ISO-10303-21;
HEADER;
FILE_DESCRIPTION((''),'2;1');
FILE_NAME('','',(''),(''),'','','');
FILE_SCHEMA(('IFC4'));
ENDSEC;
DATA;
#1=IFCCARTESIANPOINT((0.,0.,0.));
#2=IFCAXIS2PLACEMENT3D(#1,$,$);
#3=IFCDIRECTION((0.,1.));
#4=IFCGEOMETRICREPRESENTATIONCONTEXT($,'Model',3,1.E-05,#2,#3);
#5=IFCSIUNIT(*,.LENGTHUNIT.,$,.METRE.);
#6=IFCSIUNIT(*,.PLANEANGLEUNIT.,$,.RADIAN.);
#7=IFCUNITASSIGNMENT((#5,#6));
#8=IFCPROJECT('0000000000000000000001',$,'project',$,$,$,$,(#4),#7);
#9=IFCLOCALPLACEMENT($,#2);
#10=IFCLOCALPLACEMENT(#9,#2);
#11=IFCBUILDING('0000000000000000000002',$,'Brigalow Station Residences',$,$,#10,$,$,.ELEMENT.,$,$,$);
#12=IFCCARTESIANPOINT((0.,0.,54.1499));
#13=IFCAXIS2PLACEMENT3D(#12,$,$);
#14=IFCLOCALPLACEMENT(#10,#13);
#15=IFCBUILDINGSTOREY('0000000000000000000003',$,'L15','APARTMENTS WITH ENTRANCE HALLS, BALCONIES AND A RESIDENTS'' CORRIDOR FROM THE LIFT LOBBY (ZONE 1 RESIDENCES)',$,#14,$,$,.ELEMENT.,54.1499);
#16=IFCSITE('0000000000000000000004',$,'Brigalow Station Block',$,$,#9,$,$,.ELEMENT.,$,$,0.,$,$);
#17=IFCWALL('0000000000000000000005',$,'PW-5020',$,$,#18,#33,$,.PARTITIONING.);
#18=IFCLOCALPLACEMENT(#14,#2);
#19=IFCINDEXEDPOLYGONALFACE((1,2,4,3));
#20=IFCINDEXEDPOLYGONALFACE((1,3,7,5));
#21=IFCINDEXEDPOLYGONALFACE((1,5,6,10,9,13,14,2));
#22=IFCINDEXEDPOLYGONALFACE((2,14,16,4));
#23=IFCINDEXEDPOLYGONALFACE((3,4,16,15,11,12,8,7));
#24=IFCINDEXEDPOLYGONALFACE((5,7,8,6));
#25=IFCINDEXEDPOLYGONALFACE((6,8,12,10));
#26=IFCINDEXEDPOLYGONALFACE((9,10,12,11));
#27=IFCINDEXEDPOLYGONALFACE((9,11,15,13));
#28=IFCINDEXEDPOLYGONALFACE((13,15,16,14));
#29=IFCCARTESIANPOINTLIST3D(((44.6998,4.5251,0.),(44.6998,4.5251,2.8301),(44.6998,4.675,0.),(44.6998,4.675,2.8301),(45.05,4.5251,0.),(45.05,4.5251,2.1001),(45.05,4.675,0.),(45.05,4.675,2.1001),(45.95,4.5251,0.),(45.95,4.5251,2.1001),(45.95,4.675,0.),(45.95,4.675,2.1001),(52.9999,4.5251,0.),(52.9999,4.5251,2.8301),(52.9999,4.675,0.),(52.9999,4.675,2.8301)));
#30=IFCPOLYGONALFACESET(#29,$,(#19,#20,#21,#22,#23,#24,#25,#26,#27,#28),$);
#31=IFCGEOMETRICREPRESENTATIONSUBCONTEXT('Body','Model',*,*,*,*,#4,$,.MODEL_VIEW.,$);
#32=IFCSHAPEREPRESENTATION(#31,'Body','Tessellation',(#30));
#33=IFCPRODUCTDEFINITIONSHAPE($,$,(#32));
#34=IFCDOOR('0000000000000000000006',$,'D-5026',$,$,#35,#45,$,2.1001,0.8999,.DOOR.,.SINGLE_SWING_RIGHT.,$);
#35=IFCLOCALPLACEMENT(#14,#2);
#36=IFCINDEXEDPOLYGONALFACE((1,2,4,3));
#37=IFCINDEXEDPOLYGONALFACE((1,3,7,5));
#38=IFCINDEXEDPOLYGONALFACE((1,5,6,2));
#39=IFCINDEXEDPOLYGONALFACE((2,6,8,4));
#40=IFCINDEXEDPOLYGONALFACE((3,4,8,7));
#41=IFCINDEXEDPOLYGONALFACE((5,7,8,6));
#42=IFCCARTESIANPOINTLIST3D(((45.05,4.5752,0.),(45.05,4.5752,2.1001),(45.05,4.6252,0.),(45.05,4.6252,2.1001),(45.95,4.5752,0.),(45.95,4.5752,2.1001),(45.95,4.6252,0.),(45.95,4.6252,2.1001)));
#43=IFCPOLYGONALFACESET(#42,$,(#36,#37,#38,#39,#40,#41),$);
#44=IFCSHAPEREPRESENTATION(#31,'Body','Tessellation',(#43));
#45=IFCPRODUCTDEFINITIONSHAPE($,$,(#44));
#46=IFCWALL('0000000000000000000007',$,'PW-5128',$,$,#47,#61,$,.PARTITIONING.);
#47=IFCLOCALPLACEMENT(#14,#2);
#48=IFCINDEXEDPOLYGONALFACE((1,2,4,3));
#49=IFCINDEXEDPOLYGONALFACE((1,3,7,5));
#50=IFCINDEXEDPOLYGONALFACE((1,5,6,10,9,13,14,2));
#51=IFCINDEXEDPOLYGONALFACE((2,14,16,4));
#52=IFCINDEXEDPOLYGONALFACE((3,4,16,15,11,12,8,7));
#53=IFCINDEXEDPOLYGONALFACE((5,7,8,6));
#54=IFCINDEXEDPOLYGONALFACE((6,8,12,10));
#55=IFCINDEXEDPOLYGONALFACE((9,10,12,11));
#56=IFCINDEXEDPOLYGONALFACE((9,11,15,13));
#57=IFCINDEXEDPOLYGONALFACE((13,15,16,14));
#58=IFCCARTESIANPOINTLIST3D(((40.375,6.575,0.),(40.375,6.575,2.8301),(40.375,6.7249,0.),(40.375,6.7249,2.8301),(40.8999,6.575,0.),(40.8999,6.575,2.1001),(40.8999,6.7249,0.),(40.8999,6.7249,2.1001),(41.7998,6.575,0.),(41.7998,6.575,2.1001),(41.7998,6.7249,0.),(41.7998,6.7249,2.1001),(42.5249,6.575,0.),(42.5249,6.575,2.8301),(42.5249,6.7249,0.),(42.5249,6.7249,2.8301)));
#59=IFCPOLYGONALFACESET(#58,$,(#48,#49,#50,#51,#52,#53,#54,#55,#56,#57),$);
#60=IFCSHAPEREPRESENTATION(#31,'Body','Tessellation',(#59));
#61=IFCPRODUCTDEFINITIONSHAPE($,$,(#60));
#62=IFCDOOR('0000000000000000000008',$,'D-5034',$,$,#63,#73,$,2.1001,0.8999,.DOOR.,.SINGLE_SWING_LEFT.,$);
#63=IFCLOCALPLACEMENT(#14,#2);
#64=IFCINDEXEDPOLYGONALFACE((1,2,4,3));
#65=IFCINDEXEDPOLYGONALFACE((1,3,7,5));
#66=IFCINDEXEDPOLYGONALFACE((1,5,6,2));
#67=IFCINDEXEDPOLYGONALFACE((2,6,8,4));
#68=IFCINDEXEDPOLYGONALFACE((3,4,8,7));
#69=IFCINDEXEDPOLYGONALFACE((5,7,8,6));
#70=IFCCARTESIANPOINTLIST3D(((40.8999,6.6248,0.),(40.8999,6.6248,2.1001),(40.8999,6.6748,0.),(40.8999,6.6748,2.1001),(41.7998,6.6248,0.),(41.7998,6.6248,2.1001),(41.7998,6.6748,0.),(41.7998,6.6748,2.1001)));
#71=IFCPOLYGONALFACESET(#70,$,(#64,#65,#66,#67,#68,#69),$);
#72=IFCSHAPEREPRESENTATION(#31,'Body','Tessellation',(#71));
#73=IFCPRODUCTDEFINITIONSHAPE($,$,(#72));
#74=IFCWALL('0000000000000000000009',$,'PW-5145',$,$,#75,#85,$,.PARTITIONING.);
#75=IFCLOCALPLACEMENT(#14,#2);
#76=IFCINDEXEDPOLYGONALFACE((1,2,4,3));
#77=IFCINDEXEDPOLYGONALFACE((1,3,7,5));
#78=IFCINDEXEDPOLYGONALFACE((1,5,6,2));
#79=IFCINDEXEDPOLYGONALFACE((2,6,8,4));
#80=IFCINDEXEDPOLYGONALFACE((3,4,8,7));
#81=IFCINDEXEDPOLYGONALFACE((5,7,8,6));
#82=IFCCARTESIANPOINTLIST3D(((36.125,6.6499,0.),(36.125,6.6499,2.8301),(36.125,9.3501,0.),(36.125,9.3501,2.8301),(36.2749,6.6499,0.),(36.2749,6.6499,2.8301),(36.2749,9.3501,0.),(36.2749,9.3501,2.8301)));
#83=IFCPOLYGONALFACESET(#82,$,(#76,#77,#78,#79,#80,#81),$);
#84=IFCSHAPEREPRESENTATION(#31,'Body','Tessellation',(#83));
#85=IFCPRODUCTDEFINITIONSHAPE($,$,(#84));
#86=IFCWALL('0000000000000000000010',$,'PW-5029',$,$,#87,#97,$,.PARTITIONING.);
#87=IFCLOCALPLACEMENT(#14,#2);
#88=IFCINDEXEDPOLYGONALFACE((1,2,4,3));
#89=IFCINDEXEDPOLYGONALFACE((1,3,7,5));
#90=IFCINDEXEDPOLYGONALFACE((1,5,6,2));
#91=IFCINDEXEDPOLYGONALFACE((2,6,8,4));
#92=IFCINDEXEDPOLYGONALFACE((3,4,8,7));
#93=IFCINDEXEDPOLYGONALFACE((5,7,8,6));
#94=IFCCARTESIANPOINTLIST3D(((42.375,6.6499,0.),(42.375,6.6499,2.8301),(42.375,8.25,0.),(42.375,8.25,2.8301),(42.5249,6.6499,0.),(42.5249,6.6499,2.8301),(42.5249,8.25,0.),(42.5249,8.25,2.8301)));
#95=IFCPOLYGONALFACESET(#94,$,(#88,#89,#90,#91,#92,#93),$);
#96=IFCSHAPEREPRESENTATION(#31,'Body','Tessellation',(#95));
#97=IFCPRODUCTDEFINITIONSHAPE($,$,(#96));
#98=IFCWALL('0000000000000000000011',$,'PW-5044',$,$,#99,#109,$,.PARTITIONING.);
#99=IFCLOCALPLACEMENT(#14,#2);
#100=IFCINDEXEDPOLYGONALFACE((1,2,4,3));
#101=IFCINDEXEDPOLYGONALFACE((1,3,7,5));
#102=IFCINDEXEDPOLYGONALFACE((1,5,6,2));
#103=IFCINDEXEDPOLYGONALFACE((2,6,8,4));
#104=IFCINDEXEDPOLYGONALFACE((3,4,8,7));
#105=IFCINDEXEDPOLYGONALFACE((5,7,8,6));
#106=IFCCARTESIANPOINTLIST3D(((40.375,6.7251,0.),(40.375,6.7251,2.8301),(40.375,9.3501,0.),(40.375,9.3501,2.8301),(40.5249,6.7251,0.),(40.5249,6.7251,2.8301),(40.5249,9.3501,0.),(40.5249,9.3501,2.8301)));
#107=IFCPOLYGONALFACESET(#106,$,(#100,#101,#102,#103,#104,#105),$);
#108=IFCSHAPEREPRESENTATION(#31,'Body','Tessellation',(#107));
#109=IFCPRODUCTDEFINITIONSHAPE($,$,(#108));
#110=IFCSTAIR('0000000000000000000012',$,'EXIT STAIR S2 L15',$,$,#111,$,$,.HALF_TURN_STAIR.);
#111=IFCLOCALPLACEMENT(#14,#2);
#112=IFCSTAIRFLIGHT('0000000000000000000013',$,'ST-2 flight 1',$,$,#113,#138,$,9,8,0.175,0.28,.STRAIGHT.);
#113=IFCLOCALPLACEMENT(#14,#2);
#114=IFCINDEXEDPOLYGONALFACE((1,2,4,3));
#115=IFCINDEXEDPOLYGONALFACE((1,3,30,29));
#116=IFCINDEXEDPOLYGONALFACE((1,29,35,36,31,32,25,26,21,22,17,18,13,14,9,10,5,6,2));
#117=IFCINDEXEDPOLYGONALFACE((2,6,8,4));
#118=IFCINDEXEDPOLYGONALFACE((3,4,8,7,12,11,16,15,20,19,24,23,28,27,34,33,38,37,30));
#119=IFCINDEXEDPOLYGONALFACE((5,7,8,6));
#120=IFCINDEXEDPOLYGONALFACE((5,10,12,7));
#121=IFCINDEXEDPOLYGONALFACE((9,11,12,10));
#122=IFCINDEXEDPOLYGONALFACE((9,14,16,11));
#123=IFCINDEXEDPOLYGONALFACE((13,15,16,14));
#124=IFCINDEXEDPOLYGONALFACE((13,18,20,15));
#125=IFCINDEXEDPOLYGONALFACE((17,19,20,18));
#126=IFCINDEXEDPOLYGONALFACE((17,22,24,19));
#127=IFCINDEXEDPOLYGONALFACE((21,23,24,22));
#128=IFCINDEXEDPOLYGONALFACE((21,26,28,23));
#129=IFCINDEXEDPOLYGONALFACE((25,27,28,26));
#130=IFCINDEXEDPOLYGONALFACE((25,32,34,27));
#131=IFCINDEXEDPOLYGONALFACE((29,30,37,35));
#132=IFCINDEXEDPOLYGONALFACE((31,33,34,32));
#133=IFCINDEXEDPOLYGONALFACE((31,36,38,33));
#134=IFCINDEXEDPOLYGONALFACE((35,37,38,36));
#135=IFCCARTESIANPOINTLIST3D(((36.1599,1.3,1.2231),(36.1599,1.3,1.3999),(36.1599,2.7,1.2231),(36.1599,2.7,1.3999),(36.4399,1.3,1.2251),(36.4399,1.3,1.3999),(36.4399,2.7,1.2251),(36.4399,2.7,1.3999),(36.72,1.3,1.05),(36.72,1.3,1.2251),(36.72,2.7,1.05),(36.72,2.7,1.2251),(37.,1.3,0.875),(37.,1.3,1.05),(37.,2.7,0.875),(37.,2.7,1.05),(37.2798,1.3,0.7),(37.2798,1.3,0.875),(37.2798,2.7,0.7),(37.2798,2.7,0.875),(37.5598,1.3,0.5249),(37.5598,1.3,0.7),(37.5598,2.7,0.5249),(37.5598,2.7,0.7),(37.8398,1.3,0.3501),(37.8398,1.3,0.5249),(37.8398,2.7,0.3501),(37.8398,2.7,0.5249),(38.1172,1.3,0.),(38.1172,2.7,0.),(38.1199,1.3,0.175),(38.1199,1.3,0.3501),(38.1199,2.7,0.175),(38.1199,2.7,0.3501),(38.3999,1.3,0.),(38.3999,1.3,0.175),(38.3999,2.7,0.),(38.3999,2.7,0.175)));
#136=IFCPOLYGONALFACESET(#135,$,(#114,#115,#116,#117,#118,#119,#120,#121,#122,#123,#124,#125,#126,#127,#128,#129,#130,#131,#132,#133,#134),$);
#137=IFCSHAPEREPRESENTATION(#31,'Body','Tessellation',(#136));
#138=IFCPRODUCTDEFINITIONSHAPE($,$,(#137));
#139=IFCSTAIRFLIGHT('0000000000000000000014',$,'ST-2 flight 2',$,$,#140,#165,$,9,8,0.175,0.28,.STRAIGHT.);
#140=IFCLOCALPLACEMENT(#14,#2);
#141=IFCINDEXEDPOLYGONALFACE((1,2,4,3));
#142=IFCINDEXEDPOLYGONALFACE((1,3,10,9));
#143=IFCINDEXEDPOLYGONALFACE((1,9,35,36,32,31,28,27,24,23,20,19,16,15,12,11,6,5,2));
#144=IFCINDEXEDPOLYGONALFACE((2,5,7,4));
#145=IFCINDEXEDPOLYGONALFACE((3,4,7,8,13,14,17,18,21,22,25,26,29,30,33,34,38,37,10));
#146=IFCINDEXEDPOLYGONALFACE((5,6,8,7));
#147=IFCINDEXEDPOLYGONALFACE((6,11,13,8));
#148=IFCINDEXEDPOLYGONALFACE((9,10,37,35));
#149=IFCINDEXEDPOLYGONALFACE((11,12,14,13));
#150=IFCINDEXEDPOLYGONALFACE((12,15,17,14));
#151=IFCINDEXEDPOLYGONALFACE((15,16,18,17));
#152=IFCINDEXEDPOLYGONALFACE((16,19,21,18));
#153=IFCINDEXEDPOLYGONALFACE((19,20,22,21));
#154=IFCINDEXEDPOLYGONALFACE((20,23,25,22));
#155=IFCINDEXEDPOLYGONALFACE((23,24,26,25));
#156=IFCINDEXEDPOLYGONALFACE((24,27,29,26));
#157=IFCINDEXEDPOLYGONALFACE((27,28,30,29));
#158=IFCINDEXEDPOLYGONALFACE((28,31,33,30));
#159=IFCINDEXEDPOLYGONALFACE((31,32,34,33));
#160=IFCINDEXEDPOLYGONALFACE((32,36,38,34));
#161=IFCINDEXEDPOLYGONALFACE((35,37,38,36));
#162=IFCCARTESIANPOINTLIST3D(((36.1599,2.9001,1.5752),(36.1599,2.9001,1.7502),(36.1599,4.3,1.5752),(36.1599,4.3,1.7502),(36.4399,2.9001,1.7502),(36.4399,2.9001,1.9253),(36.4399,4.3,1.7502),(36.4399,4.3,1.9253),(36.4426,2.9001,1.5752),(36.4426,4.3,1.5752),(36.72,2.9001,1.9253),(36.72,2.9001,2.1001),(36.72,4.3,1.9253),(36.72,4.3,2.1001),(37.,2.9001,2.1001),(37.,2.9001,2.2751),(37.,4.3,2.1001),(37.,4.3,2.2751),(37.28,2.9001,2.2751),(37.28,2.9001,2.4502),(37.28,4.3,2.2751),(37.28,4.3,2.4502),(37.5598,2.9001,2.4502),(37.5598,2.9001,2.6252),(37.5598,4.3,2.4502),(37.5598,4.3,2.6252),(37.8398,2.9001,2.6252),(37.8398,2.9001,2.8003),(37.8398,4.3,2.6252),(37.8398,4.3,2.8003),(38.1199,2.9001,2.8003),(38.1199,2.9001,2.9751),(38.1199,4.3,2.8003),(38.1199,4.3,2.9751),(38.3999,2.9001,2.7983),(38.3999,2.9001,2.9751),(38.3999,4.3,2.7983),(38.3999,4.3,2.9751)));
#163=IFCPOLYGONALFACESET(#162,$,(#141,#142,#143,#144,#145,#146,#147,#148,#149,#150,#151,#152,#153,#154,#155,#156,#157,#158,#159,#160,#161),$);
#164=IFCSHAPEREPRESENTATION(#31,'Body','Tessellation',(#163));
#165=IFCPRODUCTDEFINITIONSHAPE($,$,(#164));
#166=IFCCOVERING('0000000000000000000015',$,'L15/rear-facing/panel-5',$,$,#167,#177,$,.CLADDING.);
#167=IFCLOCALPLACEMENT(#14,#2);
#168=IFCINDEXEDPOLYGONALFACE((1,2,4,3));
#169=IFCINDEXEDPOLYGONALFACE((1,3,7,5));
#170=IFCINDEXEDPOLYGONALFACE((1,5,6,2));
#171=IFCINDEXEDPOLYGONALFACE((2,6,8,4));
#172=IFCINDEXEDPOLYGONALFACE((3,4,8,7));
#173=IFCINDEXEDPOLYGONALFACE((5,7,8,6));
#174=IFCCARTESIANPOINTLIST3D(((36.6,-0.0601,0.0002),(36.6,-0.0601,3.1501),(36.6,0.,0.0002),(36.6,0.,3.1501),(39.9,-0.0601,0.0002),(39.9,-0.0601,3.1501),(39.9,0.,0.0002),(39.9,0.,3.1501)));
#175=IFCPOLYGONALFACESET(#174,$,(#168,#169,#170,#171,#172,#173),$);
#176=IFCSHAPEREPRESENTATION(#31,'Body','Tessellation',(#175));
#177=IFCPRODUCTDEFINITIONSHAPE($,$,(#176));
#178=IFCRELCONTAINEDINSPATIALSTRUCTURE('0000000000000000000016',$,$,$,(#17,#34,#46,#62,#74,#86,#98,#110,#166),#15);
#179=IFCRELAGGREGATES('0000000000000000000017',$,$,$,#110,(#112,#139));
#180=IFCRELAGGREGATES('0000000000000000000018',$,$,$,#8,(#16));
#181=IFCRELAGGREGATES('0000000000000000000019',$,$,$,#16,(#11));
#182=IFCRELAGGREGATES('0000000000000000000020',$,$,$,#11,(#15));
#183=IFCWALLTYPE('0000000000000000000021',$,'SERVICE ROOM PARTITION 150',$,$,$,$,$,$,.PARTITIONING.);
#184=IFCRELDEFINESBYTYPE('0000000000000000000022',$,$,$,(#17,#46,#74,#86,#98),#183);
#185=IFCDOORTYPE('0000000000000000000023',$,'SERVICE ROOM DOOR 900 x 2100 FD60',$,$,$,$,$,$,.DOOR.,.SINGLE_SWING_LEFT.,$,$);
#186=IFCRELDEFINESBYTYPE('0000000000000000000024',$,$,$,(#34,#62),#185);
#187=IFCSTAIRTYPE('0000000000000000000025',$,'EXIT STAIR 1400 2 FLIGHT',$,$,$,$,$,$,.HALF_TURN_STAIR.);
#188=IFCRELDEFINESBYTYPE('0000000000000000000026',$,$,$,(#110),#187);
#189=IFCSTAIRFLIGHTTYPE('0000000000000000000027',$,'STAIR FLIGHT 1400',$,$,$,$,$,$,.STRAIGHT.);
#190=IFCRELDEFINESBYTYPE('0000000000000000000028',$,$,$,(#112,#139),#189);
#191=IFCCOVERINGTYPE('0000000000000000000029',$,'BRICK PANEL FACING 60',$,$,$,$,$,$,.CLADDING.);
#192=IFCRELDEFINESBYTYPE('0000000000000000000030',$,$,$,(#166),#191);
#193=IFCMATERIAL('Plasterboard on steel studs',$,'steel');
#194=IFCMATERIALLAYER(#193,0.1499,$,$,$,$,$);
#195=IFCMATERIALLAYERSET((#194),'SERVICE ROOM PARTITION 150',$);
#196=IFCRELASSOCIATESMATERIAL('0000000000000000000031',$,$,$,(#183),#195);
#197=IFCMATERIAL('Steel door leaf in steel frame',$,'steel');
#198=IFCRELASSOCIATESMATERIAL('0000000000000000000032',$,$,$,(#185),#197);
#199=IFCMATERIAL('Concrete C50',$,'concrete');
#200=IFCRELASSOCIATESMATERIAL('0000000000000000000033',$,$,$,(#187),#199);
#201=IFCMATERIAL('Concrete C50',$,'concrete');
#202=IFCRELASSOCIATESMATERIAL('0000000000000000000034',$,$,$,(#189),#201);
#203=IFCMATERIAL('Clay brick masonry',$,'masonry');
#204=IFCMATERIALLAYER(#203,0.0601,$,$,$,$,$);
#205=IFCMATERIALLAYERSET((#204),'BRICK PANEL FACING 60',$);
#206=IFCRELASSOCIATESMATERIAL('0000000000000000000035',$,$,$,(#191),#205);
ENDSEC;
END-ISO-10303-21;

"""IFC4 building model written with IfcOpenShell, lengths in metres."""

from ifc_helpers import new_model, si_unit, direction, frame, frame_2d, origin, origin_2d, place, context, subcontext, project, spatial, polyline, rectangle, outline, extrude, material, layer, layer_set, type_object, element, fill, aggregate, save


model = new_model("IFC4")

# Units and contexts
model_context = context("Model", 3, precision=1e-05, world=origin(), true_north=direction((0.0, 1.0)))
body_context = subcontext(model_context, "Body", "Model", "MODEL_VIEW")
ifc_project = project(units=[si_unit("LENGTHUNIT", "METRE"), si_unit("PLANEANGLEUNIT", "RADIAN")], contexts=[model_context])

# Site, building, storey
site_placement = place(None, origin())
site = spatial("IfcSite", under=ifc_project, at=site_placement, Name="Brigalow Station Block", CompositionType="ELEMENT", RefElevation=0.0)
building_placement = place(site_placement, origin())
building = spatial("IfcBuilding", under=site, at=building_placement, Name="Brigalow Station Residences", CompositionType="ELEMENT")
storey_placement = place(building_placement, frame((0.0, 0.0, 54.1499)))
storey = spatial("IfcBuildingStorey", under=building, at=storey_placement, Name="L15", Description="APARTMENTS WITH ENTRANCE HALLS, BALCONIES AND A RESIDENTS' CORRIDOR FROM THE LIFT LOBBY (ZONE 1 RESIDENCES)", CompositionType="ELEMENT", Elevation=54.1499)

# Walls, openings, doors
ifc_material_1 = material(Name="Plasterboard on steel studs", Category="steel")
ifc_layer_1 = layer(ifc_material_1, 0.1499)
ifc_layer_set_1 = layer_set([ifc_layer_1], Name="SERVICE ROOM PARTITION 150")
wall_type_1 = type_object("IfcWallType", Name="SERVICE ROOM PARTITION 150", PredefinedType="PARTITIONING", material=ifc_layer_set_1)
wall_1_placement = place(storey_placement, frame((44.7, 4.6001, 0.0), z_axis=(0.0, 0.0, 1.0), x_axis=(1.0, 0.0, 0.0)))
wall_1 = element("IfcWall", 1, at=wall_1_placement, inside=storey, type_object=wall_type_1, Name="PW-5020", PredefinedType="PARTITIONING", context=body_context, shape_type="SweptSolid", body=[
    extrude(rectangle(XDim=8.3, YDim=0.1499, at=frame_2d((4.1499, 0.0))), origin(), (0.0, 0.0, 1.0), 2.8301),
])
opening_1_placement = place(wall_1_placement, frame((0.3501, 0.0, 0.0)))
opening_1 = element("IfcOpeningElement", 2, at=opening_1_placement, cuts=wall_1, PredefinedType="OPENING", context=body_context, shape_type="SweptSolid", body=[
    extrude(rectangle(XDim=0.8999, YDim=2.1001, at=frame_2d((0.45, 1.05))), frame((0.0, 0.085, 0.0), z_axis=(0.0, -1.0, 0.0), x_axis=(1.0, 0.0, 0.0)), (0.0, 0.0, 1.0), 0.1699),
])
ifc_material_2 = material(Name="Steel door leaf in steel frame", Category="steel")
door_type_1 = type_object("IfcDoorType", Name="SERVICE ROOM DOOR 900 x 2100 FD60", OperationType="SINGLE_SWING_LEFT", PredefinedType="DOOR", material=ifc_material_2)
door_1_placement = place(opening_1_placement, frame((0.8999, 0.0, 0.0), z_axis=(0.0, 0.0, 1.0), x_axis=(-1.0, 0.0, 0.0)))
door_1 = element("IfcDoor", 3, at=door_1_placement, inside=storey, type_object=door_type_1, Name="D-5026", OperationType="SINGLE_SWING_RIGHT", OverallHeight=2.1001, OverallWidth=0.8999, PredefinedType="DOOR", context=body_context, shape_type="SweptSolid", body=[
    extrude(rectangle(XDim=0.8999, YDim=2.1001, at=frame_2d((0.45, 1.05))), frame((0.0, 0.0249, 0.0), z_axis=(0.0, -1.0, 0.0), x_axis=(1.0, 0.0, 0.0)), (0.0, 0.0, 1.0), 0.05),
])
fill(opening_1, door_1)
wall_2_placement = place(storey_placement, frame((40.375, 6.6499, 0.0), z_axis=(0.0, 0.0, 1.0), x_axis=(1.0, 0.0, 0.0)))
wall_2 = element("IfcWall", 4, at=wall_2_placement, inside=storey, type_object=wall_type_1, Name="PW-5128", PredefinedType="PARTITIONING", context=body_context, shape_type="SweptSolid", body=[
    extrude(rectangle(XDim=2.1499, YDim=0.1499, at=frame_2d((1.075, 0.0))), origin(), (0.0, 0.0, 1.0), 2.8301),
])
opening_2_placement = place(wall_2_placement, frame((0.5249, 0.0, 0.0)))
opening_2 = element("IfcOpeningElement", 5, at=opening_2_placement, cuts=wall_2, PredefinedType="OPENING", context=body_context, shape_type="SweptSolid", body=[
    extrude(rectangle(XDim=0.8999, YDim=2.1001, at=frame_2d((0.45, 1.05))), frame((0.0, 0.085, 0.0), z_axis=(0.0, -1.0, 0.0), x_axis=(1.0, 0.0, 0.0)), (0.0, 0.0, 1.0), 0.1699),
])
door_2_placement = place(opening_2_placement, origin())
door_2 = element("IfcDoor", 6, at=door_2_placement, inside=storey, type_object=door_type_1, Name="D-5034", OperationType="SINGLE_SWING_LEFT", OverallHeight=2.1001, OverallWidth=0.8999, PredefinedType="DOOR", context=body_context, shape_type="SweptSolid", body=[
    extrude(rectangle(XDim=0.8999, YDim=2.1001, at=frame_2d((0.45, 1.05))), frame((0.0, 0.0249, 0.0), z_axis=(0.0, -1.0, 0.0), x_axis=(1.0, 0.0, 0.0)), (0.0, 0.0, 1.0), 0.05),
])
fill(opening_2, door_2)

# Walls
wall_3_placement = place(storey_placement, frame((36.2, 6.6499, 0.0), z_axis=(0.0, 0.0, 1.0), x_axis=(0.0, 1.0, 0.0)))
element("IfcWall", 7, at=wall_3_placement, inside=storey, type_object=wall_type_1, Name="PW-5145", PredefinedType="PARTITIONING", context=body_context, shape_type="SweptSolid", body=[
    extrude(rectangle(XDim=2.7002, YDim=0.1499, at=frame_2d((1.3501, 0.0))), origin(), (0.0, 0.0, 1.0), 2.8301),
])
wall_4_placement = place(storey_placement, frame((42.45, 6.6499, 0.0), z_axis=(0.0, 0.0, 1.0), x_axis=(0.0, 1.0, 0.0)))
element("IfcWall", 8, at=wall_4_placement, inside=storey, type_object=wall_type_1, Name="PW-5029", PredefinedType="PARTITIONING", context=body_context, shape_type="SweptSolid", body=[
    extrude(rectangle(XDim=1.6001, YDim=0.1499, at=frame_2d((0.8, 0.0))), origin(), (0.0, 0.0, 1.0), 2.8301),
])
wall_5_placement = place(storey_placement, frame((40.45, 6.7251, 0.0), z_axis=(0.0, 0.0, 1.0), x_axis=(0.0, 1.0, 0.0)))
element("IfcWall", 9, at=wall_5_placement, inside=storey, type_object=wall_type_1, Name="PW-5044", PredefinedType="PARTITIONING", context=body_context, shape_type="SweptSolid", body=[
    extrude(rectangle(XDim=2.625, YDim=0.1499, at=frame_2d((1.3125, 0.0))), origin(), (0.0, 0.0, 1.0), 2.8301),
])

# Stair, stair flights
ifc_material_3 = material(Name="Concrete C50", Category="concrete")
stair_type = type_object("IfcStairType", Name="EXIT STAIR 1400 2 FLIGHT", PredefinedType="HALF_TURN_STAIR", material=ifc_material_3)
stair_placement = place(storey_placement, origin())
stair = element("IfcStair", 10, at=stair_placement, inside=storey, type_object=stair_type, Name="EXIT STAIR S2 L15", PredefinedType="HALF_TURN_STAIR")
ifc_material_4 = material(Name="Concrete C50", Category="concrete")
stair_flight_type = type_object("IfcStairFlightType", Name="STAIR FLIGHT 1400", PredefinedType="STRAIGHT", material=ifc_material_4)
stair_flight_1_placement = place(storey_placement, frame((38.3999, 2.0, 0.0), z_axis=(0.0, 0.0, 1.0), x_axis=(-1.0, 0.0, 0.0)))
stair_flight_1 = element("IfcStairFlight", 11, at=stair_flight_1_placement, type_object=stair_flight_type, Name="ST-2 flight 1", NumberOfRisers=9, NumberOfTreads=8, PredefinedType="STRAIGHT", RiserHeight=0.175, TreadLength=0.28, context=body_context, shape_type="SweptSolid", body=[
    extrude(outline(polyline([(0.0, 0.0), (0.0, 0.175), (0.28, 0.175), (0.28, 0.3501), (0.5601, 0.3501), (0.5601, 0.5249), (0.8401, 0.5249), (0.8401, 0.7), (1.1201, 0.7), (1.1201, 0.875), (1.3999, 0.875), (1.3999, 1.05), (1.6799, 1.05), (1.6799, 1.2251), (1.96, 1.2251), (1.96, 1.3999), (2.24, 1.3999), (2.24, 1.575), (2.24, 1.2231), (0.2827, 0.0), (0.0, 0.0)])), frame((0.0, 0.7, 0.0), z_axis=(0.0, -1.0, 0.0), x_axis=(1.0, 0.0, 0.0)), (0.0, 0.0, 1.0), 1.3999),
])
stair_flight_2_placement = place(storey_placement, frame((36.1599, 3.6001, 1.5752), z_axis=(0.0, 0.0, 1.0), x_axis=(1.0, 0.0, 0.0)))
stair_flight_2 = element("IfcStairFlight", 12, at=stair_flight_2_placement, type_object=stair_flight_type, Name="ST-2 flight 2", NumberOfRisers=9, NumberOfTreads=8, PredefinedType="STRAIGHT", RiserHeight=0.175, TreadLength=0.28, context=body_context, shape_type="SweptSolid", body=[
    extrude(outline(polyline([(0.0, 0.0), (0.0, 0.175), (0.28, 0.175), (0.28, 0.3501), (0.5601, 0.3501), (0.5601, 0.5249), (0.8401, 0.5249), (0.8401, 0.7), (1.1201, 0.7), (1.1201, 0.875), (1.3999, 0.875), (1.3999, 1.05), (1.6799, 1.05), (1.6799, 1.2251), (1.96, 1.2251), (1.96, 1.3999), (2.24, 1.3999), (2.24, 1.575), (2.24, 1.2231), (0.2827, 0.0), (0.0, 0.0)])), frame((0.0, 0.7, 0.0), z_axis=(0.0, -1.0, 0.0), x_axis=(1.0, 0.0, 0.0)), (0.0, 0.0, 1.0), 1.3999),
])
aggregate(stair, [stair_flight_1, stair_flight_2])

# Covering
ifc_material_5 = material(Name="Clay brick masonry", Category="masonry")
ifc_layer_2 = layer(ifc_material_5, 0.0601)
ifc_layer_set_2 = layer_set([ifc_layer_2], Name="BRICK PANEL FACING 60")
covering_type_1 = type_object("IfcCoveringType", Name="BRICK PANEL FACING 60", PredefinedType="CLADDING", material=ifc_layer_set_2)
for number, where, z_axis, x_axis, name in (
    (13, (38.25, -0.03, 0.0002), (0.0, 0.0, 1.0), (1.0, 0.0, 0.0), "L15/rear-facing/panel-5"),
):
    element("IfcCovering", number, at=place(storey_placement, frame(where, z_axis=z_axis, x_axis=x_axis)), inside=storey, type_object=covering_type_1, Name=name, PredefinedType="CLADDING", context=body_context, shape_type="SweptSolid", body=[
        extrude(rectangle(XDim=3.3, YDim=0.0601, at=origin_2d()), origin(), (0.0, 0.0, 1.0), 3.1499),
    ])

save(model, "model.ifc")
